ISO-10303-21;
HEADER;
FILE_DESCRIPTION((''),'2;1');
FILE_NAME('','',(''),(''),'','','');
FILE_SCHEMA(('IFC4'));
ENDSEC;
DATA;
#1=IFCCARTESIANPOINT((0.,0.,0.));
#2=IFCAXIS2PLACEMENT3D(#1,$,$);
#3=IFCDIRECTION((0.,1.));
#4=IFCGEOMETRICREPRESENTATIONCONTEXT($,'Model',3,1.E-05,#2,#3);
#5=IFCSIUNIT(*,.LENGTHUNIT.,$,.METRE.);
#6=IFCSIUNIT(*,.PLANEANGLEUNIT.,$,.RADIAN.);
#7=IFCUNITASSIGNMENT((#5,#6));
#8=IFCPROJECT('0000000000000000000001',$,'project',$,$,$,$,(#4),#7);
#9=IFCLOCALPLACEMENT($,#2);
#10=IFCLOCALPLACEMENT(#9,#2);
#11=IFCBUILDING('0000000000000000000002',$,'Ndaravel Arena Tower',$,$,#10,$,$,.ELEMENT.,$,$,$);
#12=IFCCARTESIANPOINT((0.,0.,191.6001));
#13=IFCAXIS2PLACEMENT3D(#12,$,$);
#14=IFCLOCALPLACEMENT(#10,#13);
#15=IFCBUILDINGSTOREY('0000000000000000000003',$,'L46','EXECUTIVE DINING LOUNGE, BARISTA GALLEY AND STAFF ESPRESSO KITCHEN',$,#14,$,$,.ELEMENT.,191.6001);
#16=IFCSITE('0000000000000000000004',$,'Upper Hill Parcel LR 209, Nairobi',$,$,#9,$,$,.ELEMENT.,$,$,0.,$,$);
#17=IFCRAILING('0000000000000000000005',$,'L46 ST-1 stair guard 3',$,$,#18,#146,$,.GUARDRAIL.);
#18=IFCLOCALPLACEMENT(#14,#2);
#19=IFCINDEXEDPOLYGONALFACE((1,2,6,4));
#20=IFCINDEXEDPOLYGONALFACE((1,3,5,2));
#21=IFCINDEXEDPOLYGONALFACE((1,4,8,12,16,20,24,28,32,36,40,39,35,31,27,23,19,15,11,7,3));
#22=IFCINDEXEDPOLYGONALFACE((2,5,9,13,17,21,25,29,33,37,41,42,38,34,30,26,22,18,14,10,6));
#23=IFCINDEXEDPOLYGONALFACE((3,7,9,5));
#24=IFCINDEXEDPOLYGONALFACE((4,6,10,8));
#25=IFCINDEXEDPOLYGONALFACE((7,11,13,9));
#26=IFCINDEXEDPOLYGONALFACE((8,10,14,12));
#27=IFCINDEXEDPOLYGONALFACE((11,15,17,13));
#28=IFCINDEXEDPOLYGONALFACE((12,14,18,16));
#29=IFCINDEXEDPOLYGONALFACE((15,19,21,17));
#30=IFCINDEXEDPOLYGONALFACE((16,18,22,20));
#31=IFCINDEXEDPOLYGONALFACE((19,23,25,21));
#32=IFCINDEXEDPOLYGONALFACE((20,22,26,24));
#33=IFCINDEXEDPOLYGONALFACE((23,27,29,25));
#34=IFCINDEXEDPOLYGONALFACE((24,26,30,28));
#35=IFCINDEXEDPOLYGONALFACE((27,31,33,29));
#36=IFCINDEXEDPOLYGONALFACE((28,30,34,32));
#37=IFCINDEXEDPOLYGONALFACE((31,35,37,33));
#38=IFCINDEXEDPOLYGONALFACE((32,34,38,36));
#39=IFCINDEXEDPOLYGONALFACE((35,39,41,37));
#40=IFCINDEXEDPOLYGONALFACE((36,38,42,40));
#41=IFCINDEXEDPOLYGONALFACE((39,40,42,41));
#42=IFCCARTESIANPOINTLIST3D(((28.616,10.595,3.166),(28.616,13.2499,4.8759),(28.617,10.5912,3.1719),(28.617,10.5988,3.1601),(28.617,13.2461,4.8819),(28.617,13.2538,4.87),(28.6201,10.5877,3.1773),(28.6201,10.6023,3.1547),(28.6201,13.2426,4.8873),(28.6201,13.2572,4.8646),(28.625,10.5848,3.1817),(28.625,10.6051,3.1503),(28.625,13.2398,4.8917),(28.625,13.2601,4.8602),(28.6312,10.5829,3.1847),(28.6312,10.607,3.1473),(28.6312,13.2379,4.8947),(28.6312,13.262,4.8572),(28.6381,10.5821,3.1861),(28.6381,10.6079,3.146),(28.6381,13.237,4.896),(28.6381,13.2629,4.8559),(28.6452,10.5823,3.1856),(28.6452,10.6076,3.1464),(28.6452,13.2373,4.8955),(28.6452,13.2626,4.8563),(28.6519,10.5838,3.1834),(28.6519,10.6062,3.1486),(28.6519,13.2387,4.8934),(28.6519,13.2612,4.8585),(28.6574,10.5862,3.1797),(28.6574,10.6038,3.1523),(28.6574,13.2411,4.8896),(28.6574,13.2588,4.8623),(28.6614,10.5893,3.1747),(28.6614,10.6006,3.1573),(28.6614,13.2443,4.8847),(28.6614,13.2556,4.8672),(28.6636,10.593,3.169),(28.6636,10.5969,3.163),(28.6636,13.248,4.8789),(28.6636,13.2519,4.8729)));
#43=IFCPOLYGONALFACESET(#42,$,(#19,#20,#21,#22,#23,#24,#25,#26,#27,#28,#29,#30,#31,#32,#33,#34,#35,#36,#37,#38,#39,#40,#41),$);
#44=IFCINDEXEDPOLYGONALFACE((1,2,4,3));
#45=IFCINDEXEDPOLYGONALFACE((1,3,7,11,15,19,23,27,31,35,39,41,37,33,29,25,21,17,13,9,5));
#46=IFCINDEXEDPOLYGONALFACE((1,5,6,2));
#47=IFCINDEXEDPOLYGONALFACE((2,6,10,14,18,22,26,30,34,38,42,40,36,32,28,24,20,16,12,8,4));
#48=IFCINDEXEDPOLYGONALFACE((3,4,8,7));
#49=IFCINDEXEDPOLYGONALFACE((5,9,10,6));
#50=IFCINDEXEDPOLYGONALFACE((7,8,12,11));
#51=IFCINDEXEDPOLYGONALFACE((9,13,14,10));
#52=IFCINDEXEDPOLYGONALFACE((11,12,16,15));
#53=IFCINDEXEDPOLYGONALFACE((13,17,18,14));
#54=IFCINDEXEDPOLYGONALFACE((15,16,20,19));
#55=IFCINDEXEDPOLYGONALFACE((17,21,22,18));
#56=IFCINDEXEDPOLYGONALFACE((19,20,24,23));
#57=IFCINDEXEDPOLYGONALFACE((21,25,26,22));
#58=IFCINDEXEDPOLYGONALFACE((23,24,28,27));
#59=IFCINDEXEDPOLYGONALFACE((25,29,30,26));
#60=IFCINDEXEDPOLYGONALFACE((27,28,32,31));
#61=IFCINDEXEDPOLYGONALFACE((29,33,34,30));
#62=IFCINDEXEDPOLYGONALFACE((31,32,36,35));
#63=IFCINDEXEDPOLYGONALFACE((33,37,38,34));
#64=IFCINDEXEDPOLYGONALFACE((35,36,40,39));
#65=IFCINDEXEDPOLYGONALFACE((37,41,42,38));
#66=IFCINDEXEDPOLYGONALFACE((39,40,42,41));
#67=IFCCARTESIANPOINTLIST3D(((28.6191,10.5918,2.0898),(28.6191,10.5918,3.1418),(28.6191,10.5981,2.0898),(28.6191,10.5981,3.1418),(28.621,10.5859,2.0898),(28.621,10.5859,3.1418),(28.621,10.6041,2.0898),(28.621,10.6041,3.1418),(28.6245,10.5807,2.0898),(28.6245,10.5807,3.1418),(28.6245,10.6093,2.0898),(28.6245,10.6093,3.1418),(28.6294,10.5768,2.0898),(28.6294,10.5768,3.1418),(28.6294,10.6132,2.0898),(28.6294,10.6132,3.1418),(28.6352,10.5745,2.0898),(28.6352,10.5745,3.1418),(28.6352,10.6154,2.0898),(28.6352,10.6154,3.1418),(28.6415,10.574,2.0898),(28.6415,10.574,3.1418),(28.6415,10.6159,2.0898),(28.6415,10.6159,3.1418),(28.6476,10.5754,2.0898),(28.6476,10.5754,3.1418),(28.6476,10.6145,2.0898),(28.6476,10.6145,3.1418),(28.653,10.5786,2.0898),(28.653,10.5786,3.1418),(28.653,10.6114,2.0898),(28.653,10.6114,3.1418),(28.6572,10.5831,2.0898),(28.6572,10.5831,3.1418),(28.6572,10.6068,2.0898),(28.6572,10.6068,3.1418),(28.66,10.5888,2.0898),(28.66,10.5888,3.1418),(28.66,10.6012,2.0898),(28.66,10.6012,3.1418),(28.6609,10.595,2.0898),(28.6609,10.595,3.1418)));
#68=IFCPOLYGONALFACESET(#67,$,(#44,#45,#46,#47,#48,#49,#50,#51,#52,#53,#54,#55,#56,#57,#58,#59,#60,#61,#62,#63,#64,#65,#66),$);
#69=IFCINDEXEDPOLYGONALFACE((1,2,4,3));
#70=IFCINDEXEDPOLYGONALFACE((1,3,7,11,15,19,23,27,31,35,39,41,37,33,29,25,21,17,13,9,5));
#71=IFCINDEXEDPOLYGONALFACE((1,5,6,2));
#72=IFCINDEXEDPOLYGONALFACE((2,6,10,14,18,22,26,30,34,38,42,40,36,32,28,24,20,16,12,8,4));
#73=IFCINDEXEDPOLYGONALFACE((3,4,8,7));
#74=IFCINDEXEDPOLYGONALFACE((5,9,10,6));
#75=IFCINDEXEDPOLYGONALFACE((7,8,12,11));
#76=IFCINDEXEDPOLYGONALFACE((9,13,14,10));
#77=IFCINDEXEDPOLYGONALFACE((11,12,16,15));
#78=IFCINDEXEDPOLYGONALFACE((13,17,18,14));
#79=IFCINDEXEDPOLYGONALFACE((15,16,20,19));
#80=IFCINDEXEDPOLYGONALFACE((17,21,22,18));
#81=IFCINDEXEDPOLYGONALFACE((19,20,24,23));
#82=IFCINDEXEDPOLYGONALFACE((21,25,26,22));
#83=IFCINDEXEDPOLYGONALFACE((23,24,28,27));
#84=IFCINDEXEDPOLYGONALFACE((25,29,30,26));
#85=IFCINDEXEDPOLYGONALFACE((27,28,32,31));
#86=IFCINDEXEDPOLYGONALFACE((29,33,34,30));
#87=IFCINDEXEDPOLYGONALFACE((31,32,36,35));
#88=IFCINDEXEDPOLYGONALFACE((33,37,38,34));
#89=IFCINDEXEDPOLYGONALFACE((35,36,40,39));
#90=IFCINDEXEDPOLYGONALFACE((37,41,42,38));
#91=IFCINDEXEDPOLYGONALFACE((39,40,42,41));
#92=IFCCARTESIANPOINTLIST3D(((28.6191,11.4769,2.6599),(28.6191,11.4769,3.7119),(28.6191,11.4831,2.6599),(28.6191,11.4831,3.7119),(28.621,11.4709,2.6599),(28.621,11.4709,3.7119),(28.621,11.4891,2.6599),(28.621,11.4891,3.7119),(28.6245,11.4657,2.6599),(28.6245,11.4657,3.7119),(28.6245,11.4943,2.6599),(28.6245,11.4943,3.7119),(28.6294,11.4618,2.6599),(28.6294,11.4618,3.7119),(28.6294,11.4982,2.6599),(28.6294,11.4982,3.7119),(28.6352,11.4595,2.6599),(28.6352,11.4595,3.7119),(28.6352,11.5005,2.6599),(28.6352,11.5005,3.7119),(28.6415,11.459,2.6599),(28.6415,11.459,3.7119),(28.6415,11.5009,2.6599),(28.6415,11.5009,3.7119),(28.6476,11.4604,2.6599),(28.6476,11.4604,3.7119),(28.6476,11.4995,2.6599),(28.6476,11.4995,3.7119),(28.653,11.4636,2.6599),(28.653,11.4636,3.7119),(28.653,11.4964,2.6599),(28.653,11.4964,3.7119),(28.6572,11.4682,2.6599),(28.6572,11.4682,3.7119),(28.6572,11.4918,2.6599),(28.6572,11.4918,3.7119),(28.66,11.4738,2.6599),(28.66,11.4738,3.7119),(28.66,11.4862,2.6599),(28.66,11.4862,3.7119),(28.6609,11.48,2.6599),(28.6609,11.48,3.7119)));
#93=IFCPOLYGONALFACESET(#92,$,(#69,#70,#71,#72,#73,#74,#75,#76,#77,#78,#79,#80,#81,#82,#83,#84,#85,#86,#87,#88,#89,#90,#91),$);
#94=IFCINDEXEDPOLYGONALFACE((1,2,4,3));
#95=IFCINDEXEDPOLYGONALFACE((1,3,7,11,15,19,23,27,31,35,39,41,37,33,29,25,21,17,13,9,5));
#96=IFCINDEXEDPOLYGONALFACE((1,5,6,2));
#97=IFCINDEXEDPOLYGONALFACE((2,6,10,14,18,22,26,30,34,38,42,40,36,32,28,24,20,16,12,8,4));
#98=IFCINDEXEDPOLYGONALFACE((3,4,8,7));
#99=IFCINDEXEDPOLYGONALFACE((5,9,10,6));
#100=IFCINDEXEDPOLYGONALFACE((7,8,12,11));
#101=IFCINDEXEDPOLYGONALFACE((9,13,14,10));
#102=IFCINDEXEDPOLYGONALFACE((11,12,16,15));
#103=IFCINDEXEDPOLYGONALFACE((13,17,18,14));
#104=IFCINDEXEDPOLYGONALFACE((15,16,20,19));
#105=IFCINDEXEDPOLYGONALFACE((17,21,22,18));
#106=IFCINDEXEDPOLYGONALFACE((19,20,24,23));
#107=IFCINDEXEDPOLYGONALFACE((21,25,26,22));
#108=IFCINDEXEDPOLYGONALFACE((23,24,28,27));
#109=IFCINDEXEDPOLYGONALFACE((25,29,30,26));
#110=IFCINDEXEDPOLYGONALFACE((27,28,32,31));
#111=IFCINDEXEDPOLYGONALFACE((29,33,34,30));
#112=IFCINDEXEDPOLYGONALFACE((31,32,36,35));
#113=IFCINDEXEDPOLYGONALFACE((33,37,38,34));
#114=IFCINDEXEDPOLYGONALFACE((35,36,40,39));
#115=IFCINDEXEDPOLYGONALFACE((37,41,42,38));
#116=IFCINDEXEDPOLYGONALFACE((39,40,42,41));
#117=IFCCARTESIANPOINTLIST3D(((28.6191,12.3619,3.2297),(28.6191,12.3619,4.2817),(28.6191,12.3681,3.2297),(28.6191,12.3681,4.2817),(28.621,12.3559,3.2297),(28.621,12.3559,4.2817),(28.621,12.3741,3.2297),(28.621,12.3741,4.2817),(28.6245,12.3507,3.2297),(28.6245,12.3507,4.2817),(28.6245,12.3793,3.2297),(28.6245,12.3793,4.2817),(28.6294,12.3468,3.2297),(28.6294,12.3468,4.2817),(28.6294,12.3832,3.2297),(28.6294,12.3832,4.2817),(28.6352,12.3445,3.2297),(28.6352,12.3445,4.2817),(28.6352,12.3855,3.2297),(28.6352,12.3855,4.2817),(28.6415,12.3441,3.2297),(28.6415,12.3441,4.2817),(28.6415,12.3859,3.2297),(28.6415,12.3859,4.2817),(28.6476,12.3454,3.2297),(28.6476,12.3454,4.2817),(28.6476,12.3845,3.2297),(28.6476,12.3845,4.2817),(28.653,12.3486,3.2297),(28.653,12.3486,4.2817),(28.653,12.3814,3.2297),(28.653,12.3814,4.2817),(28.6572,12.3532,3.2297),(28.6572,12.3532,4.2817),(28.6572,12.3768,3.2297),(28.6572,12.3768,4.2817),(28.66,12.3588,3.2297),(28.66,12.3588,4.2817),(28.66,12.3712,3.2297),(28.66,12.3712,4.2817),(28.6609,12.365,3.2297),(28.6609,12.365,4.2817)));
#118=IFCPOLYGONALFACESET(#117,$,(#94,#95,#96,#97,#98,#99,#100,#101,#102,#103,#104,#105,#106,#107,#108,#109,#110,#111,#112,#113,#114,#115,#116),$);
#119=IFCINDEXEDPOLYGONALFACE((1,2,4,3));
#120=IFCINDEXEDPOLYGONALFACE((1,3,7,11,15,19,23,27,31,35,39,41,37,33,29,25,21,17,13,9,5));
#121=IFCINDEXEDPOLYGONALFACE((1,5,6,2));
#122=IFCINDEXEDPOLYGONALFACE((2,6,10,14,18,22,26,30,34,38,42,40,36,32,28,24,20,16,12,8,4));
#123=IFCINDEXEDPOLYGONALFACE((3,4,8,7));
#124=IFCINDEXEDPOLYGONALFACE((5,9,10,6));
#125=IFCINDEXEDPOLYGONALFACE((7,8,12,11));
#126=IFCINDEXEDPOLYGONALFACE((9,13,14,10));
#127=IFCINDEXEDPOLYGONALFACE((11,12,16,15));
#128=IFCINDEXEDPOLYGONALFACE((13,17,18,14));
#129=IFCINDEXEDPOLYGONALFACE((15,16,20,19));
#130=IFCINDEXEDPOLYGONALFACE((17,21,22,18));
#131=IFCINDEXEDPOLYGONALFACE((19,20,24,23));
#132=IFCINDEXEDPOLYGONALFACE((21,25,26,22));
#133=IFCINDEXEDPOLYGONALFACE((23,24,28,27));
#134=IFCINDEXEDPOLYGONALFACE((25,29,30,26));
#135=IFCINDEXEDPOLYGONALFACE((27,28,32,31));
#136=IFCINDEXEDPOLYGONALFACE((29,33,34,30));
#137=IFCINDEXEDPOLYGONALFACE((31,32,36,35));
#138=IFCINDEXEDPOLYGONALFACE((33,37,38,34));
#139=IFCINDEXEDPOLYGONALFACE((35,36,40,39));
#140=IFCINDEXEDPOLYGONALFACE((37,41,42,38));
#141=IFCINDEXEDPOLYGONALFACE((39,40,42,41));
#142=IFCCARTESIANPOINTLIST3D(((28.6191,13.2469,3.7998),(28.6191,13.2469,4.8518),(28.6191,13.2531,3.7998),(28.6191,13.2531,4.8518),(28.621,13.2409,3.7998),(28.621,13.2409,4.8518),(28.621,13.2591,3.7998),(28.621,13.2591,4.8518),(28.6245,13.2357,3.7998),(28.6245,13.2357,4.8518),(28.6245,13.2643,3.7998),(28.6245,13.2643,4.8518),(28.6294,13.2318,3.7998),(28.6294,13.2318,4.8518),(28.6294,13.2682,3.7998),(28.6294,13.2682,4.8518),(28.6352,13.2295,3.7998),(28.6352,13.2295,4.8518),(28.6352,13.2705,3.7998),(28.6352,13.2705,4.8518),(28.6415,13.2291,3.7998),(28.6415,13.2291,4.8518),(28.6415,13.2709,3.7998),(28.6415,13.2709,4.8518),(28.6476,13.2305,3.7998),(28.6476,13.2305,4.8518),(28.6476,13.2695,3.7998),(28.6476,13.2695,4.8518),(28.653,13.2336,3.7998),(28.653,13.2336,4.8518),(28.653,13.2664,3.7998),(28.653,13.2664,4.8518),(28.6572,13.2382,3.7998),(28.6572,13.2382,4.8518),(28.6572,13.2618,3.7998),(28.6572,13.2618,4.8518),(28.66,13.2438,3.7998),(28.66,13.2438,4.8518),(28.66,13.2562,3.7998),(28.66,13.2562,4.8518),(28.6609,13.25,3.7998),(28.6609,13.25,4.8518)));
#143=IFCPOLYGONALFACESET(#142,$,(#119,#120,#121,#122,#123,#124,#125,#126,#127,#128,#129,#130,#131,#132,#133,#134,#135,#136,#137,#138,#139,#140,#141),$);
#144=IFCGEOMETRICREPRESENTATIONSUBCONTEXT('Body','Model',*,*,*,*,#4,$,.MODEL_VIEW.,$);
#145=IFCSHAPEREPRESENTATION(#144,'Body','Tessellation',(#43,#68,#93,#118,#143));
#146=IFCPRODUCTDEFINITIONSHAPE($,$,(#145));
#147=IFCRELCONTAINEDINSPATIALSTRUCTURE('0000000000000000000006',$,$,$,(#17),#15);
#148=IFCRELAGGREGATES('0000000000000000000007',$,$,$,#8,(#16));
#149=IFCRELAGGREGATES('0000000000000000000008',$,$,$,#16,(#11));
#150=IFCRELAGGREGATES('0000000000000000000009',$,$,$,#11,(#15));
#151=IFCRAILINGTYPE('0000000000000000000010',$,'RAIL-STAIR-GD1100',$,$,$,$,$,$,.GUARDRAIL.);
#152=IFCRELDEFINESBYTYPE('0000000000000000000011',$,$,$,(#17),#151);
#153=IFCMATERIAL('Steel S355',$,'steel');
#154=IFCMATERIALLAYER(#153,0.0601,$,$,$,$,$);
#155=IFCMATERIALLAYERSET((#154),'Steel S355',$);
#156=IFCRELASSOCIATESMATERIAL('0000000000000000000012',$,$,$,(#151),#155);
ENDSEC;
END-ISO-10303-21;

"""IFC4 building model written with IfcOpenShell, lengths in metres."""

from ifc_helpers import new_model, si_unit, direction, frame, origin, origin_2d, place, context, subcontext, project, spatial, circle, extrude, material, layer, layer_set, type_object, element, save


model = new_model("IFC4")

# Units and contexts
model_context = context("Model", 3, precision=1e-05, world=origin(), true_north=direction((0.0, 1.0)))
body_context = subcontext(model_context, "Body", "Model", "MODEL_VIEW")
ifc_project = project(units=[si_unit("LENGTHUNIT", "METRE"), si_unit("PLANEANGLEUNIT", "RADIAN")], contexts=[model_context])

# Site, building, storey
site_placement = place(None, origin())
site = spatial("IfcSite", under=ifc_project, at=site_placement, Name="Upper Hill Parcel LR 209, Nairobi", CompositionType="ELEMENT", RefElevation=0.0)
building_placement = place(site_placement, origin())
building = spatial("IfcBuilding", under=site, at=building_placement, Name="Ndaravel Arena Tower", CompositionType="ELEMENT")
storey_placement = place(building_placement, frame((0.0, 0.0, 191.6001)))
storey = spatial("IfcBuildingStorey", under=building, at=storey_placement, Name="L46", Description="EXECUTIVE DINING LOUNGE, BARISTA GALLEY AND STAFF ESPRESSO KITCHEN", CompositionType="ELEMENT", Elevation=191.6001)

# Railing
ifc_material_1 = material(Name="Steel S355", Category="steel")
ifc_layer_1 = layer(ifc_material_1, 0.0601)
ifc_layer_set_1 = layer_set([ifc_layer_1], Name="Steel S355")
railing_type_1 = type_object("IfcRailingType", Name="RAIL-STAIR-GD1100", PredefinedType="GUARDRAIL", material=ifc_layer_set_1)
railing_1_placement = place(storey_placement, frame((28.6399, 10.595, 2.0898)))
element("IfcRailing", 1, at=railing_1_placement, inside=storey, type_object=railing_type_1, Name="L46 ST-1 stair guard 3", PredefinedType="GUARDRAIL", context=body_context, shape_type="SweptSolid", body=[
    extrude(circle(Radius=0.0239, at=origin_2d()), frame((0.0, 0.0, 1.0762), z_axis=(0.0, 0.840724, 0.541465), x_axis=(-1.0, 0.0, 0.0)), (0.0, 0.0, 1.0), 3.158),
    extrude(circle(Radius=0.021, at=origin_2d()), origin(), (0.0, 0.0, 1.0), 1.052),
    extrude(circle(Radius=0.021, at=origin_2d()), frame((0.0, 0.885, 0.5701)), (0.0, 0.0, 1.0), 1.052),
    extrude(circle(Radius=0.021, at=origin_2d()), frame((0.0, 1.77, 1.1399)), (0.0, 0.0, 1.0), 1.052),
    extrude(circle(Radius=0.021, at=origin_2d()), frame((0.0, 2.655, 1.71)), (0.0, 0.0, 1.0), 1.052),
])

save(model, "model.ifc")
